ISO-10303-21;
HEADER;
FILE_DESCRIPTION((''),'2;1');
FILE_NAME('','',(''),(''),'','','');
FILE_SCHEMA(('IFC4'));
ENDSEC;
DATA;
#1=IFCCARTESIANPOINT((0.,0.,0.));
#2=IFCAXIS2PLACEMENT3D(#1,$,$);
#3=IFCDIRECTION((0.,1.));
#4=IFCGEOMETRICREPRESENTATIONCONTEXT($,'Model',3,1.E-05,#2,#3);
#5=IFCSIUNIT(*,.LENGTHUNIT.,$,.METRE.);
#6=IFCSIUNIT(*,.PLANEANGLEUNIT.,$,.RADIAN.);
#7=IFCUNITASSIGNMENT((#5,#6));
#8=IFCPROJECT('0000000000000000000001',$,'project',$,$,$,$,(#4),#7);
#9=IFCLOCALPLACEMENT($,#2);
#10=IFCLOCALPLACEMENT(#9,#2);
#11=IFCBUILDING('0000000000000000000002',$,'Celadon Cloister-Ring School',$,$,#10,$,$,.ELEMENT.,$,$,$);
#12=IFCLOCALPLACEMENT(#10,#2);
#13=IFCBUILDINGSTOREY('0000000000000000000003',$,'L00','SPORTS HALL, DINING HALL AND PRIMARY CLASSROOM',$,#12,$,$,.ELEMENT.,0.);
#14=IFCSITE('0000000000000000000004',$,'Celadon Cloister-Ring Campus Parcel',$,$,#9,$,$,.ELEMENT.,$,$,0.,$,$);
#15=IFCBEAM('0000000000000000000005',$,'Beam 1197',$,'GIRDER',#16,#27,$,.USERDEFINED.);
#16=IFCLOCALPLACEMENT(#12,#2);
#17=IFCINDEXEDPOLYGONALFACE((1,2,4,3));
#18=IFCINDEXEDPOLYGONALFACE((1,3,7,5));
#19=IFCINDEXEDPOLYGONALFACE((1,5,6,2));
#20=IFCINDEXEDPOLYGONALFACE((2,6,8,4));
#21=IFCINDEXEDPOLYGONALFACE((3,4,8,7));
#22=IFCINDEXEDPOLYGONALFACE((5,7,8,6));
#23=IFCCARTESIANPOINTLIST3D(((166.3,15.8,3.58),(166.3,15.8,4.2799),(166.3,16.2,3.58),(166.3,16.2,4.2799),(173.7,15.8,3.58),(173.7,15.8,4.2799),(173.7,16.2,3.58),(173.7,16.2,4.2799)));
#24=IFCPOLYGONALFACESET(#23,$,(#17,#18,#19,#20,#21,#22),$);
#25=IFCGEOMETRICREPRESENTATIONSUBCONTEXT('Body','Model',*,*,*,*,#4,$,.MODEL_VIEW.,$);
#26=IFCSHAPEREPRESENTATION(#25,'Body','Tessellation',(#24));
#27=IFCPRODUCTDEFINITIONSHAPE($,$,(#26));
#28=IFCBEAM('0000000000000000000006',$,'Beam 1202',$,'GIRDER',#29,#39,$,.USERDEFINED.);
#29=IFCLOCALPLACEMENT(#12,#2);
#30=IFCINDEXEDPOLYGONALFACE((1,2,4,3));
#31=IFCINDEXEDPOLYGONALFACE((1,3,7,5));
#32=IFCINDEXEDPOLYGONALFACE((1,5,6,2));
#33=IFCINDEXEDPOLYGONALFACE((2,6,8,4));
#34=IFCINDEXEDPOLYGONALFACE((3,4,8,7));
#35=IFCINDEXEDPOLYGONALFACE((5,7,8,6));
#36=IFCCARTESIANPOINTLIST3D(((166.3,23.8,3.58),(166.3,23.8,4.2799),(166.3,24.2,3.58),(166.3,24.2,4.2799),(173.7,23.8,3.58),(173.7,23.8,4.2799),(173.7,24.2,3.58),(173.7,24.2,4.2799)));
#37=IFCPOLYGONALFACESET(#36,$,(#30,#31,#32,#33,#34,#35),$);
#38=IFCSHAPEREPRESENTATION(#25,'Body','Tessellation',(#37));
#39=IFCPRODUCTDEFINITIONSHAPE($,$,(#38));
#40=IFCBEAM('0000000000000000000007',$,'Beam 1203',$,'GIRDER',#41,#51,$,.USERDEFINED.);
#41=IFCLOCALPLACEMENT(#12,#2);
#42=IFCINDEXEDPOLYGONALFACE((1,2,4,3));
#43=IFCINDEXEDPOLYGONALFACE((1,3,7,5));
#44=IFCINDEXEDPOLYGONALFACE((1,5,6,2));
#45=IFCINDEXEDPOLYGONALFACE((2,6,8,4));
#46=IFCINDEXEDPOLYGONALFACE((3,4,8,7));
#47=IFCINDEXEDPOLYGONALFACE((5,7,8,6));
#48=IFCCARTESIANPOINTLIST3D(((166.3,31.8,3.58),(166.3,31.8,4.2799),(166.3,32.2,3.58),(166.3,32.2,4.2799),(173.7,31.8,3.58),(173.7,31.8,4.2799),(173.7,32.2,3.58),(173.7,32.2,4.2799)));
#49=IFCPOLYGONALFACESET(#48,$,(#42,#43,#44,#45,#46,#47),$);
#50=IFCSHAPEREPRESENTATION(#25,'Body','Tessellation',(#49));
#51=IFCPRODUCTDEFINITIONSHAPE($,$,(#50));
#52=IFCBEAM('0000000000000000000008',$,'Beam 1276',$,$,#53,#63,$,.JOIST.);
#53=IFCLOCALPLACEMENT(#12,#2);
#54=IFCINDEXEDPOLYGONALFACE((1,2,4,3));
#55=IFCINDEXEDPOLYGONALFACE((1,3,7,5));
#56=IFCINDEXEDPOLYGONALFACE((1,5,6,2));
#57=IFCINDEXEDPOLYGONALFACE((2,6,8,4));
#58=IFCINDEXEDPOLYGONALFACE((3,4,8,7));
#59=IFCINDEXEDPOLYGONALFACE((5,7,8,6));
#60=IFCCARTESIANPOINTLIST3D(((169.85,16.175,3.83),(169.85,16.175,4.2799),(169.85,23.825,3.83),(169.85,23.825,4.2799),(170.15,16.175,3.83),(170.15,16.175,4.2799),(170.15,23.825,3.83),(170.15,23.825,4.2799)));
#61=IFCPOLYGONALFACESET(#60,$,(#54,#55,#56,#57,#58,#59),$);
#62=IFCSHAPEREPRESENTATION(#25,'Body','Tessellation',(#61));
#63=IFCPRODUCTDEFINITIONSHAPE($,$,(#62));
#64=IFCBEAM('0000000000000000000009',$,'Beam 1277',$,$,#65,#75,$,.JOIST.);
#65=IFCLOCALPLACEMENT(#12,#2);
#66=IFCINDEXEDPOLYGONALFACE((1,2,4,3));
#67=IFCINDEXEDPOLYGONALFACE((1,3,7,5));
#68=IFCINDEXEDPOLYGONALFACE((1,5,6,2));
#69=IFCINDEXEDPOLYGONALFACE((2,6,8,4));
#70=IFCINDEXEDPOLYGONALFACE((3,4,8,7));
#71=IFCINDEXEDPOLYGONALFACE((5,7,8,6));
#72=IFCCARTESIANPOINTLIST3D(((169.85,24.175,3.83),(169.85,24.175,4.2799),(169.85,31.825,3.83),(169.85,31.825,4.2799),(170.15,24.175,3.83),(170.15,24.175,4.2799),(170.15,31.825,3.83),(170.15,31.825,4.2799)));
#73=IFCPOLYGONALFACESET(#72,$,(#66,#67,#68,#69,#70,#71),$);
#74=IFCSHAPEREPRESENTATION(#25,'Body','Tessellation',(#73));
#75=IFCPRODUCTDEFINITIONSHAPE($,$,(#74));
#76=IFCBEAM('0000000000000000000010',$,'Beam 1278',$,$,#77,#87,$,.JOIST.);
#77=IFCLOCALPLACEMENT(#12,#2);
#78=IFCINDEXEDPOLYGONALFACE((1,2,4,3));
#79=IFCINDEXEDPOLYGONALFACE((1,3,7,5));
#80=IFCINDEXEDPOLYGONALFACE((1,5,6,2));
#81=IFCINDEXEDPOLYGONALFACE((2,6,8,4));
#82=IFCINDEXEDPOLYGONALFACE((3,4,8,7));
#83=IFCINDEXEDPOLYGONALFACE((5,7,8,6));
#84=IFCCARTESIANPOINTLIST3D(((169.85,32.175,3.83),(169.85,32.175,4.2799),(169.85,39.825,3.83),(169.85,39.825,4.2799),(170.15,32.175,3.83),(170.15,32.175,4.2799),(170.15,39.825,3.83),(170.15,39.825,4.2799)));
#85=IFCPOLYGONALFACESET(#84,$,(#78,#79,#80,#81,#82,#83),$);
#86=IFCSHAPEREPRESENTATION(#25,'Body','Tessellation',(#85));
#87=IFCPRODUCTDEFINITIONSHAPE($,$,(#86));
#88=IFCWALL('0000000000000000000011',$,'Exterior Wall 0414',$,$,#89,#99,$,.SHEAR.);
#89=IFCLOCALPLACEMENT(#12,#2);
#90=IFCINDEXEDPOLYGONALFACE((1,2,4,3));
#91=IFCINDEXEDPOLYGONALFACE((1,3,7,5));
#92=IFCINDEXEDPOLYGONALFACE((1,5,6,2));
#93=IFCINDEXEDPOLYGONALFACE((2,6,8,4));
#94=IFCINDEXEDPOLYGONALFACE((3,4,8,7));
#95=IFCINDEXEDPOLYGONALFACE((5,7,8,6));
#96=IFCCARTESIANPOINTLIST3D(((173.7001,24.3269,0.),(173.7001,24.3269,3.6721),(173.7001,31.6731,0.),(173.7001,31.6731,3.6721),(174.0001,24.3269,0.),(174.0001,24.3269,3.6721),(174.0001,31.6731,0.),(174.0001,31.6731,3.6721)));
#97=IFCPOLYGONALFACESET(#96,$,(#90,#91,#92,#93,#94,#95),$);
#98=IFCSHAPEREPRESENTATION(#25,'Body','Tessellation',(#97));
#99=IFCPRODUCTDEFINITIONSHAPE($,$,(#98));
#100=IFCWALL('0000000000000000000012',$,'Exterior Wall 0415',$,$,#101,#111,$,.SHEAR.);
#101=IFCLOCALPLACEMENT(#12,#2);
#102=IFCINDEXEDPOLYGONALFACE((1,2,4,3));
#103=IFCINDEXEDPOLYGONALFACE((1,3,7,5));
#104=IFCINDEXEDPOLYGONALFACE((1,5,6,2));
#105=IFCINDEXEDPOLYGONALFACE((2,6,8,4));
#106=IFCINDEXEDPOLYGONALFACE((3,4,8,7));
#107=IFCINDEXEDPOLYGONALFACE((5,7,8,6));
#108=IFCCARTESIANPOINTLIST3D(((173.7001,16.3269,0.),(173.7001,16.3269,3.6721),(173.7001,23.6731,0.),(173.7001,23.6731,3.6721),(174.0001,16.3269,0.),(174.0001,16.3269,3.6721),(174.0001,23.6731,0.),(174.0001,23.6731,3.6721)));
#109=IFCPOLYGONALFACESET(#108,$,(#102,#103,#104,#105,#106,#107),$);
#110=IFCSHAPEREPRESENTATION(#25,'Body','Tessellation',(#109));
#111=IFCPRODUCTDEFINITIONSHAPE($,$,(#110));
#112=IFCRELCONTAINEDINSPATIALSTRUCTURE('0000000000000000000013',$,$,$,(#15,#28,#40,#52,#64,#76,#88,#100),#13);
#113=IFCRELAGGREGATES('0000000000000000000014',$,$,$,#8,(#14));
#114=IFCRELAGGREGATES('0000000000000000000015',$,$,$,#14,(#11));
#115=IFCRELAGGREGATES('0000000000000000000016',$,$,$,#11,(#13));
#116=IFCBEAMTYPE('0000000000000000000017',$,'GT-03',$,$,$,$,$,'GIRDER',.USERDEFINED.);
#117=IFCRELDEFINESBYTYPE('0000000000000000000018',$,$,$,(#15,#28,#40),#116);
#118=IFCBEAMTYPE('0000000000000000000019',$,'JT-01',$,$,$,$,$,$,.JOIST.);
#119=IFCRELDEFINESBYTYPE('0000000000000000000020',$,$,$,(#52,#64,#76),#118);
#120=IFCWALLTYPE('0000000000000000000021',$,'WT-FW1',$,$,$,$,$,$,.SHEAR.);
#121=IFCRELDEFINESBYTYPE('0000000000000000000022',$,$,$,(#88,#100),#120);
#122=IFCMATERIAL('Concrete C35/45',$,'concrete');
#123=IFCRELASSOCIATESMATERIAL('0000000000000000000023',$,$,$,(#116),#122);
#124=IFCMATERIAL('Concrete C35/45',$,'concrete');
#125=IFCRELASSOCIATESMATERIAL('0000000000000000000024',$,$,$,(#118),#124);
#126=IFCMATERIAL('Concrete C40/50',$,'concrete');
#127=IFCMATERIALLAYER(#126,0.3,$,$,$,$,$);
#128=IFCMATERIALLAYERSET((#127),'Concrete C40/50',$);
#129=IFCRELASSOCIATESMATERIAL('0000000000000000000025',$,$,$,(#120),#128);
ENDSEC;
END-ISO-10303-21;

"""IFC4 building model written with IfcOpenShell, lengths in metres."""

from ifc_helpers import new_model, si_unit, direction, frame, frame_2d, origin, origin_2d, place, context, subcontext, project, spatial, rectangle, extrude, material, layer, layer_set, material_profile, profile_set, type_object, element, save


model = new_model("IFC4")

# Units and contexts
model_context = context("Model", 3, precision=1e-05, world=origin(), true_north=direction((0.0, 1.0)))
body_context = subcontext(model_context, "Body", "Model", "MODEL_VIEW")
ifc_project = project(units=[si_unit("LENGTHUNIT", "METRE"), si_unit("PLANEANGLEUNIT", "RADIAN")], contexts=[model_context])

# Site, building, storey
site_placement = place(None, origin())
site = spatial("IfcSite", under=ifc_project, at=site_placement, Name="Celadon Cloister-Ring Campus Parcel", CompositionType="ELEMENT", RefElevation=0.0)
building_placement = place(site_placement, origin())
building = spatial("IfcBuilding", under=site, at=building_placement, Name="Celadon Cloister-Ring School", CompositionType="ELEMENT")
storey_placement = place(building_placement, origin())
storey = spatial("IfcBuildingStorey", under=building, at=storey_placement, Name="L00", Description="SPORTS HALL, DINING HALL AND PRIMARY CLASSROOM", CompositionType="ELEMENT", Elevation=0.0)

# Beams
ifc_material_1 = material(Name="Concrete C35/45", Category="concrete")
ifc_material_profile_1 = material_profile(ifc_material_1, rectangle(XDim=0.3999, YDim=0.7, at=origin_2d()), Name="RC400X700")
ifc_profile_set_1 = profile_set([ifc_material_profile_1], Name="Concrete C35/45")
beam_type_1 = type_object("IfcBeamType", Name="GT-03", ElementType="GIRDER", PredefinedType="USERDEFINED", material=ifc_profile_set_1)
for number, where, z_axis, x_axis, name in (
    (1, (166.3, 16.0, 3.9299), (1.0, 0.0, 0.0), (0.0, 1.0, 0.0), "Beam 1197"),
    (2, (166.3, 24.0, 3.9299), (1.0, 0.0, 0.0), (0.0, 1.0, 0.0), "Beam 1202"),
    (3, (166.3, 32.0, 3.9299), (1.0, 0.0, 0.0), (0.0, 1.0, 0.0), "Beam 1203"),
):
    element("IfcBeam", number, at=place(storey_placement, frame(where, z_axis=z_axis, x_axis=x_axis)), inside=storey, type_object=beam_type_1, Name=name, ObjectType="GIRDER", PredefinedType="USERDEFINED", context=body_context, shape_type="SweptSolid", body=[
        extrude(rectangle(XDim=0.3999, YDim=0.7, at=origin_2d()), origin(), (0.0, 0.0, 1.0), 7.3999),
    ])
ifc_material_2 = material(Name="Concrete C35/45", Category="concrete")
ifc_material_profile_2 = material_profile(ifc_material_2, rectangle(XDim=0.3, YDim=0.45, at=origin_2d()), Name="RC300X450")
ifc_profile_set_2 = profile_set([ifc_material_profile_2], Name="Concrete C35/45")
beam_type_2 = type_object("IfcBeamType", Name="JT-01", PredefinedType="JOIST", material=ifc_profile_set_2)
for number, where, z_axis, x_axis, name in (
    (4, (170.0, 16.175, 4.0549), (0.0, 1.0, 0.0), (-1.0, 0.0, 0.0), "Beam 1276"),
    (5, (170.0, 24.175, 4.0549), (0.0, 1.0, 0.0), (-1.0, 0.0, 0.0), "Beam 1277"),
    (6, (170.0, 32.175, 4.0549), (0.0, 1.0, 0.0), (-1.0, 0.0, 0.0), "Beam 1278"),
):
    element("IfcBeam", number, at=place(storey_placement, frame(where, z_axis=z_axis, x_axis=x_axis)), inside=storey, type_object=beam_type_2, Name=name, PredefinedType="JOIST", context=body_context, shape_type="SweptSolid", body=[
        extrude(rectangle(XDim=0.3, YDim=0.45, at=origin_2d()), origin(), (0.0, 0.0, 1.0), 7.6499),
    ])

# Walls
ifc_material_3 = material(Name="Concrete C40/50", Category="concrete")
ifc_layer = layer(ifc_material_3, 0.3)
ifc_layer_set = layer_set([ifc_layer], Name="Concrete C40/50")
wall_type = type_object("IfcWallType", Name="WT-FW1", PredefinedType="SHEAR", material=ifc_layer_set)
for number, where, z_axis, x_axis, name in (
    (7, (173.8501, 31.6731, 0.0), (0.0, 0.0, 1.0), (0.0, -1.0, 0.0), "Exterior Wall 0414"),
    (8, (173.8501, 23.6731, 0.0), (0.0, 0.0, 1.0), (0.0, -1.0, 0.0), "Exterior Wall 0415"),
):
    element("IfcWall", number, at=place(storey_placement, frame(where, z_axis=z_axis, x_axis=x_axis)), inside=storey, type_object=wall_type, Name=name, PredefinedType="SHEAR", context=body_context, shape_type="SweptSolid", body=[
        extrude(rectangle(XDim=7.3462, YDim=0.3, at=frame_2d((3.6731, 0.0))), origin(), (0.0, 0.0, 1.0), 3.6721),
    ])

save(model, "model.ifc")
